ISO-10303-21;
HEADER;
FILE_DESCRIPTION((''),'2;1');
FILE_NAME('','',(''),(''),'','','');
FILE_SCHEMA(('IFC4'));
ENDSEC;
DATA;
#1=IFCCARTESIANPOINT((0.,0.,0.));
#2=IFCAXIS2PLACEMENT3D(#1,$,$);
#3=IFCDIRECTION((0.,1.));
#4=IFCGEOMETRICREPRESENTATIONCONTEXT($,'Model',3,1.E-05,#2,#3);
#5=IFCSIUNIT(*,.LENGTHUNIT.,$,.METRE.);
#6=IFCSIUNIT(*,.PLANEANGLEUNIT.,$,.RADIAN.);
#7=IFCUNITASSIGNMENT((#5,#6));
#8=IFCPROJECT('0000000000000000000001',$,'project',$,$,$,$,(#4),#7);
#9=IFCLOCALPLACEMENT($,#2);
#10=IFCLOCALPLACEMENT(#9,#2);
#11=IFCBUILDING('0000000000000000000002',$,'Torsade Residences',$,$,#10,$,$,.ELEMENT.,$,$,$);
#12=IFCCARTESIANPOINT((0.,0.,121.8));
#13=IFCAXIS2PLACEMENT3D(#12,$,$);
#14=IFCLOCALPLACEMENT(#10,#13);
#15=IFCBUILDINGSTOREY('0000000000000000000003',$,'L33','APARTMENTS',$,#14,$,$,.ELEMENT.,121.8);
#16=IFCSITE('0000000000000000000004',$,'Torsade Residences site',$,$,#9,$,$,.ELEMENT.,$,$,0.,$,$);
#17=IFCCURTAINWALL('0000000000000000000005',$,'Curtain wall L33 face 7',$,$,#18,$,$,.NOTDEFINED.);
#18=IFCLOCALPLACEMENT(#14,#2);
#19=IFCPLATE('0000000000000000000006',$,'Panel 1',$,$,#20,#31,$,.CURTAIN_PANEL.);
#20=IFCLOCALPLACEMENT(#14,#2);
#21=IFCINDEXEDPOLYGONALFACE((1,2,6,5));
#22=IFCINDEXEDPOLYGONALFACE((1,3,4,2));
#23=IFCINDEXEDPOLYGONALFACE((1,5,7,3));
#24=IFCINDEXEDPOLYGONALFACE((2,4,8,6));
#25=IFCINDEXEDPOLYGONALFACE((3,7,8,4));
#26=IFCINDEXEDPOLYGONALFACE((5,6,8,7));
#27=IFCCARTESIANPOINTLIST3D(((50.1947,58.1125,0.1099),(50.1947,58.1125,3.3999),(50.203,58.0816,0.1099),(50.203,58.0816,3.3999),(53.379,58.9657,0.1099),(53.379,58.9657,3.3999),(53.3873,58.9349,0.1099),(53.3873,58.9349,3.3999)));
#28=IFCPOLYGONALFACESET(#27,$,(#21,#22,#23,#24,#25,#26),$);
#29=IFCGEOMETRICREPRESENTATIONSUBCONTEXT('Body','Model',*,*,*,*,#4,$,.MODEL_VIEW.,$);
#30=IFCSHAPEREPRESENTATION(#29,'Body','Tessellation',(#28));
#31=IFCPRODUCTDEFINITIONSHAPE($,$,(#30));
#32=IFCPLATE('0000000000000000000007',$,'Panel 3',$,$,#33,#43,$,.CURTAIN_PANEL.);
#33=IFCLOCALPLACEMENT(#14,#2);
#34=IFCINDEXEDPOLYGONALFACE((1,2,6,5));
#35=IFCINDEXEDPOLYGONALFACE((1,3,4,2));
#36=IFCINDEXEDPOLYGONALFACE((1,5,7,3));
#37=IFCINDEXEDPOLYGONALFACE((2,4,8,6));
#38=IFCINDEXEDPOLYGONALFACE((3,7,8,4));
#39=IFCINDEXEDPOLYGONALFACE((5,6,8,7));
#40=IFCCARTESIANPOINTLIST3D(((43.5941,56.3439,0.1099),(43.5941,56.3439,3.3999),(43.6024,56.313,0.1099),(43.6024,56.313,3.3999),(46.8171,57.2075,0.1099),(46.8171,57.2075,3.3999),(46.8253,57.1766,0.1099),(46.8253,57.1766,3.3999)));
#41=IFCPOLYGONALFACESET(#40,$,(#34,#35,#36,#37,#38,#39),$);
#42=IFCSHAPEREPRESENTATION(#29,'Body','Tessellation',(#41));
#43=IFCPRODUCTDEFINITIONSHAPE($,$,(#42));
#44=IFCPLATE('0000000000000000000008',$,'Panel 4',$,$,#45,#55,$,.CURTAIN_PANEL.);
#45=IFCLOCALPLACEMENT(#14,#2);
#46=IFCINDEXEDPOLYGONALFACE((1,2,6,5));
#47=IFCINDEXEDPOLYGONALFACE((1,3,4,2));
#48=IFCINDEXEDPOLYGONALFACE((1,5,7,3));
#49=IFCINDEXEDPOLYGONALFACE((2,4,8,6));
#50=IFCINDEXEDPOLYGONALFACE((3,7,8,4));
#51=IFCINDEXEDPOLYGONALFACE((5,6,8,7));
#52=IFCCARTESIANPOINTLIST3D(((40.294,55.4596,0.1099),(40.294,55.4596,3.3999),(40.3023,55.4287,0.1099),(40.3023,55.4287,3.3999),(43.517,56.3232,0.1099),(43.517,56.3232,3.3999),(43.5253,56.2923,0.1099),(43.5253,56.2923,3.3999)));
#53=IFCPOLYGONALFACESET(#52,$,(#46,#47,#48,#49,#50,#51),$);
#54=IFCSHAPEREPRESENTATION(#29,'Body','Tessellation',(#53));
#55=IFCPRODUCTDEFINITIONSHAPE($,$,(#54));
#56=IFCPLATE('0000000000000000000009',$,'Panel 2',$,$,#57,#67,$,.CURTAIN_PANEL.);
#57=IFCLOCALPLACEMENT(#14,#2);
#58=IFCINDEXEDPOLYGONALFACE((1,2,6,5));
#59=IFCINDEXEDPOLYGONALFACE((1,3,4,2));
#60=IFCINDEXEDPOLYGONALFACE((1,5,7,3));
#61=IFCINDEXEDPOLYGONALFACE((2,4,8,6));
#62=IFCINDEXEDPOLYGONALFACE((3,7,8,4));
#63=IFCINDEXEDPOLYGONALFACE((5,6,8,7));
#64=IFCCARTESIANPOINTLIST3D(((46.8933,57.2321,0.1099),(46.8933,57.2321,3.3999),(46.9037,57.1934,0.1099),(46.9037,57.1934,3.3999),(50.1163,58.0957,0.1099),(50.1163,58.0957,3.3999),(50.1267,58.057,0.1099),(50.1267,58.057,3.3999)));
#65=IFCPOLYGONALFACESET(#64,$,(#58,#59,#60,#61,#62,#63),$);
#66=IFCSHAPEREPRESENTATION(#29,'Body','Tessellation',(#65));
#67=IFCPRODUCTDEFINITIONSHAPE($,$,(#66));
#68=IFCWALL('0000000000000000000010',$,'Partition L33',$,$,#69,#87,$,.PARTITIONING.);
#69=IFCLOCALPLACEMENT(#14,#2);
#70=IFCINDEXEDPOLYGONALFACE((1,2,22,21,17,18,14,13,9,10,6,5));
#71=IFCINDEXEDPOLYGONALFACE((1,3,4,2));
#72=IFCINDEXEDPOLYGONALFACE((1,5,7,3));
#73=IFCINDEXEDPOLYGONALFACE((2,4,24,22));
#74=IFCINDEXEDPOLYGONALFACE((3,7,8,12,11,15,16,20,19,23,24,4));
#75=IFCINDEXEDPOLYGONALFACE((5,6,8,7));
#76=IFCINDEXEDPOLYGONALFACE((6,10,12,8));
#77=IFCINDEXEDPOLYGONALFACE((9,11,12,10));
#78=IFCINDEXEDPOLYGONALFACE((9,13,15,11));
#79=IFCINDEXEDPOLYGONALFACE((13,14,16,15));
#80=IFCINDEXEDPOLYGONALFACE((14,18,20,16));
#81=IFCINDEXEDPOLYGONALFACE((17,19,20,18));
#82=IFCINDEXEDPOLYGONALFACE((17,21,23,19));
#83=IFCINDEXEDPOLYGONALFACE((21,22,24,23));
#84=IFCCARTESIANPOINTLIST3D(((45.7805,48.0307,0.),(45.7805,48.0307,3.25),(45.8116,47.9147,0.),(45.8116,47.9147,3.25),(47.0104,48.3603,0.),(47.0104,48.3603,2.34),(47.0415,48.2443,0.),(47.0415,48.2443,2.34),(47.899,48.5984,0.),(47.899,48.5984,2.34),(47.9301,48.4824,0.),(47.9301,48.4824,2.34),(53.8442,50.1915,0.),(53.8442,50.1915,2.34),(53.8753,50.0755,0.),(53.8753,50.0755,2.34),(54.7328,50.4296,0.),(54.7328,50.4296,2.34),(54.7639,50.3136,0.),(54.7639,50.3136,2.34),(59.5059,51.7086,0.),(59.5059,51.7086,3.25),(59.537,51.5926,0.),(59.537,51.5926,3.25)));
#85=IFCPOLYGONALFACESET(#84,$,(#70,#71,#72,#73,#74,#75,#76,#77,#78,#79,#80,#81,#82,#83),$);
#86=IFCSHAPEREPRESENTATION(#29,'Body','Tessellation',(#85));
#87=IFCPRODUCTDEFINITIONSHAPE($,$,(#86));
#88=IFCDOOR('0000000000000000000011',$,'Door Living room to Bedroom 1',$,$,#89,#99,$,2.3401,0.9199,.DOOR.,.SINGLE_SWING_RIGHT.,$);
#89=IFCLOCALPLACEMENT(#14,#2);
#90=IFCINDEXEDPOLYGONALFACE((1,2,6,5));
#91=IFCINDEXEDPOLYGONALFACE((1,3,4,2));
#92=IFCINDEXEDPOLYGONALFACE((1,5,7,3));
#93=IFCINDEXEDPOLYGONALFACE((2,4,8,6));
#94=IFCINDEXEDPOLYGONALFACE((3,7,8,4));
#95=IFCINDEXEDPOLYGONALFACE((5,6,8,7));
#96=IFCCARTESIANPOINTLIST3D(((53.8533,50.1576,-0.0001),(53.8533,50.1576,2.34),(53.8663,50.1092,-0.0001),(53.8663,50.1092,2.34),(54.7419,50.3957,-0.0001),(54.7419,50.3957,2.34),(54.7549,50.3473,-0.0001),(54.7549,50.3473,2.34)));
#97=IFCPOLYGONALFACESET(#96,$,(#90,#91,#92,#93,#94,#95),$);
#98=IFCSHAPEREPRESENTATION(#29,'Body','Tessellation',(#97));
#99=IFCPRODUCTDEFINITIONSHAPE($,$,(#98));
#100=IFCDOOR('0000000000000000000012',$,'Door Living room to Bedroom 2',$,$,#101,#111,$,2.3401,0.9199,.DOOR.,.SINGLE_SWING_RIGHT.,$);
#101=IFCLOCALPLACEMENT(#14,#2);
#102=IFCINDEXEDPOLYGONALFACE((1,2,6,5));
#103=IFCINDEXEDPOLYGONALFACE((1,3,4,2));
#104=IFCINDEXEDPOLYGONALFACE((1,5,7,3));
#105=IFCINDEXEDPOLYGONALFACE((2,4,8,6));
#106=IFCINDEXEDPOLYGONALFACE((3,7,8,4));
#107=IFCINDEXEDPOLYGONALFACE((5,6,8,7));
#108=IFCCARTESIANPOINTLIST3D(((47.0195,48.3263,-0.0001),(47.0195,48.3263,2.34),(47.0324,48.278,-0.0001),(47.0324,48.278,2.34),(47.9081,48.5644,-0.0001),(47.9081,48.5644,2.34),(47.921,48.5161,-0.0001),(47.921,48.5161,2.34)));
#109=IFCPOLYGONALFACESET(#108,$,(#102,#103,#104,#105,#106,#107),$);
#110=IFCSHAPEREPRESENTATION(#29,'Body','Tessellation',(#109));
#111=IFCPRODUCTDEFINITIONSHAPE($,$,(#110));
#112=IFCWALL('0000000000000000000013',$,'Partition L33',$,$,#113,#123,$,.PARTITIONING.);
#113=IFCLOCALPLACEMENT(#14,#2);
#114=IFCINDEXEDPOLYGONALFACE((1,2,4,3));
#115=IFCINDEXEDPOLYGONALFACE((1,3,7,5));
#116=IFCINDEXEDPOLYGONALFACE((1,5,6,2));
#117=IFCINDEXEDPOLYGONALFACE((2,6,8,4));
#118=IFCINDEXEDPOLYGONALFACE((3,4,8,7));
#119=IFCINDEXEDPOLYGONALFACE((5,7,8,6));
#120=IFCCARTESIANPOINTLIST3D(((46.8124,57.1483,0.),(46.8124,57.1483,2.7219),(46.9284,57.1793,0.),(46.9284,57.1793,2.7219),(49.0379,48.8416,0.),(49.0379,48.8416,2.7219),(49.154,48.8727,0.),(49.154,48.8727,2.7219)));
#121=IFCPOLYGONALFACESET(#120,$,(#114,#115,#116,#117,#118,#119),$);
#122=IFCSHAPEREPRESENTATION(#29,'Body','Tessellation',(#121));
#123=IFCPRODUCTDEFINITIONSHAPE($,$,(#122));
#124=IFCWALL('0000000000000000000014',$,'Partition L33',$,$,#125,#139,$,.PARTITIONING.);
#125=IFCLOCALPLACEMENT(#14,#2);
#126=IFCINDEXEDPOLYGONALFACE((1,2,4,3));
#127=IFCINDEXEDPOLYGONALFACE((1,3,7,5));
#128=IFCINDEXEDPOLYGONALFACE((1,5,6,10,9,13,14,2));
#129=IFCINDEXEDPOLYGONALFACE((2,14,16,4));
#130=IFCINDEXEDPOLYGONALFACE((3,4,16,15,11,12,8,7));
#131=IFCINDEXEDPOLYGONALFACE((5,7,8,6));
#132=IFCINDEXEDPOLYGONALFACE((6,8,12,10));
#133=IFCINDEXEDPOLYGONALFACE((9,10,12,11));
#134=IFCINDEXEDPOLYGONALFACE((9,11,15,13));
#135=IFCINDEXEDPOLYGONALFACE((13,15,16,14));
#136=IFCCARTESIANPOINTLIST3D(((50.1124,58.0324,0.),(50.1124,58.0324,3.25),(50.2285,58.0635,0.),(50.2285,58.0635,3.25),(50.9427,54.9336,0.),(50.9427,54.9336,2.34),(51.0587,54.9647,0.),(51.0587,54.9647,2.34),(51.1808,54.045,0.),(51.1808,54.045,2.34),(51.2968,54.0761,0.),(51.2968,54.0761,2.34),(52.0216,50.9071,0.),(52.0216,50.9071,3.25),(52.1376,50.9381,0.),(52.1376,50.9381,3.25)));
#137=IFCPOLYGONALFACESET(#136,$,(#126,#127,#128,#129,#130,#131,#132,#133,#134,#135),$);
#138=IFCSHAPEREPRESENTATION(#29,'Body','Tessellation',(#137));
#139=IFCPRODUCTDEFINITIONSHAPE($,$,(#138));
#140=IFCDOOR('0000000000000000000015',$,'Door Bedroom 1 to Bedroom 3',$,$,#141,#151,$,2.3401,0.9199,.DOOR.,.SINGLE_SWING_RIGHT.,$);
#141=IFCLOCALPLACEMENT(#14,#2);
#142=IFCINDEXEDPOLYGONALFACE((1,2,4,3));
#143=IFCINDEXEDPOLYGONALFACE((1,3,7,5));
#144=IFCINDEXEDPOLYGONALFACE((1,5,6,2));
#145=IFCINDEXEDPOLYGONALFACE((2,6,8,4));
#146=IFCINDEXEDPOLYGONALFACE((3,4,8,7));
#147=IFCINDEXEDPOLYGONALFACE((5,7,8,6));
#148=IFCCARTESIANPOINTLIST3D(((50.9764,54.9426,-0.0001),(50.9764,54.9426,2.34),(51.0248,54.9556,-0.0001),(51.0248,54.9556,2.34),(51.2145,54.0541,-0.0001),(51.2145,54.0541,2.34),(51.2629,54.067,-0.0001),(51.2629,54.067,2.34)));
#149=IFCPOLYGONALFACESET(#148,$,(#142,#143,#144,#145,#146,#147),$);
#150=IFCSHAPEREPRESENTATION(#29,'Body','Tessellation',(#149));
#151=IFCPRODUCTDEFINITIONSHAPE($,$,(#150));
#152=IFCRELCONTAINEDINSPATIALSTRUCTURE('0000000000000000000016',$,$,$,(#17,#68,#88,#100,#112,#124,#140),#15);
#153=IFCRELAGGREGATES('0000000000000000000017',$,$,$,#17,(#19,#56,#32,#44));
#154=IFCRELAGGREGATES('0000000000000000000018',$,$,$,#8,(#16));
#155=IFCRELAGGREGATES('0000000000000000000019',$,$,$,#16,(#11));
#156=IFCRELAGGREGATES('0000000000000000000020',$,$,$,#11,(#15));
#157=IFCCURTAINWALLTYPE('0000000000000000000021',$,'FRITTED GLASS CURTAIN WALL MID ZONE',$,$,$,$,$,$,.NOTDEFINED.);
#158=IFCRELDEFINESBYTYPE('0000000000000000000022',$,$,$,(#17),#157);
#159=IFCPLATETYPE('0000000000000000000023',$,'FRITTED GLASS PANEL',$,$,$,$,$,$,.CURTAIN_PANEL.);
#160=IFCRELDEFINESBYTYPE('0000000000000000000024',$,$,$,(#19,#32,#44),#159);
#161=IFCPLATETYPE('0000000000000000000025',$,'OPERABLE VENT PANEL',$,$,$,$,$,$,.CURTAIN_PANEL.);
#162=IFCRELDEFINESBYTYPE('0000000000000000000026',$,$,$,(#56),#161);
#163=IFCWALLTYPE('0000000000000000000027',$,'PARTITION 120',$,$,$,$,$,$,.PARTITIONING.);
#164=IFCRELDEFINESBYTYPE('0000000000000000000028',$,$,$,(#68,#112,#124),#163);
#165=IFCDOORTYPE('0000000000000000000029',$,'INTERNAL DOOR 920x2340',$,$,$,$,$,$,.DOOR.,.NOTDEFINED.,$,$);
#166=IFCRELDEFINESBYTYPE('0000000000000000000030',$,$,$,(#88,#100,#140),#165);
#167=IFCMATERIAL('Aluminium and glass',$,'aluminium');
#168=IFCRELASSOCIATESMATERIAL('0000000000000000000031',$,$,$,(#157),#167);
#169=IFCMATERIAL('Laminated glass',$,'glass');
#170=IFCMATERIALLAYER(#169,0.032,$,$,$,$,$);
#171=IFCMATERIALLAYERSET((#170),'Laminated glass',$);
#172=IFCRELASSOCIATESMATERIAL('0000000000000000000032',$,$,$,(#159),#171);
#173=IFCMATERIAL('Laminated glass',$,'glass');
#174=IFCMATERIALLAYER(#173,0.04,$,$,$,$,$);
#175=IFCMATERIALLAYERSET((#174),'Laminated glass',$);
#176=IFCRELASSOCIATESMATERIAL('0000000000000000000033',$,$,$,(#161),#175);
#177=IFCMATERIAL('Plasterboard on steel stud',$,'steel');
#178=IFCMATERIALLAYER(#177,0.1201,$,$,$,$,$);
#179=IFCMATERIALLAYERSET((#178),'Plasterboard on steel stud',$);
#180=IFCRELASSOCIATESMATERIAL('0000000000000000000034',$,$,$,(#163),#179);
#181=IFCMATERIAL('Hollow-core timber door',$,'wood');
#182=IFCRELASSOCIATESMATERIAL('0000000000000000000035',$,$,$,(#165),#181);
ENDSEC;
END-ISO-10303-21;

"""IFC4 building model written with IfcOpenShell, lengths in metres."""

from ifc_helpers import new_model, si_unit, direction, frame, frame_2d, origin, origin_2d, place, context, subcontext, project, spatial, rectangle, extrude, material, layer, layer_set, type_object, element, fill, aggregate, save


model = new_model("IFC4")

# Units and contexts
model_context = context("Model", 3, precision=1e-05, world=origin(), true_north=direction((0.0, 1.0)))
body_context = subcontext(model_context, "Body", "Model", "MODEL_VIEW")
ifc_project = project(units=[si_unit("LENGTHUNIT", "METRE"), si_unit("PLANEANGLEUNIT", "RADIAN")], contexts=[model_context])

# Site, building, storey
site_placement = place(None, origin())
site = spatial("IfcSite", under=ifc_project, at=site_placement, Name="Torsade Residences site", CompositionType="ELEMENT", RefElevation=0.0)
building_placement = place(site_placement, origin())
building = spatial("IfcBuilding", under=site, at=building_placement, Name="Torsade Residences", CompositionType="ELEMENT")
storey_placement = place(building_placement, frame((0.0, 0.0, 121.8)))
storey = spatial("IfcBuildingStorey", under=building, at=storey_placement, Name="L33", Description="APARTMENTS", CompositionType="ELEMENT", Elevation=121.8)

# Curtain wall
ifc_material_1 = material(Name="Aluminium and glass", Category="aluminium")
curtain_wall_type = type_object("IfcCurtainWallType", Name="FRITTED GLASS CURTAIN WALL MID ZONE", PredefinedType="NOTDEFINED", material=ifc_material_1)
curtain_wall_placement = place(storey_placement, origin())
curtain_wall = element("IfcCurtainWall", 1, at=curtain_wall_placement, inside=storey, type_object=curtain_wall_type, Name="Curtain wall L33 face 7", PredefinedType="NOTDEFINED")

# Plates
ifc_material_2 = material(Name="Laminated glass", Category="glass")
ifc_layer_1 = layer(ifc_material_2, 0.032)
ifc_layer_set_1 = layer_set([ifc_layer_1], Name="Laminated glass")
plate_type_1 = type_object("IfcPlateType", Name="FRITTED GLASS PANEL", PredefinedType="CURTAIN_PANEL", material=ifc_layer_set_1)
plate_1_placement = place(storey_placement, frame((51.791, 58.5237, 0.1099), z_axis=(0.0, 0.0, 1.0), x_axis=(-0.965926, -0.258819, 0.0)))
plate_1 = element("IfcPlate", 2, at=plate_1_placement, type_object=plate_type_1, Name="Panel 1", PredefinedType="CURTAIN_PANEL", context=body_context, shape_type="SweptSolid", body=[
    extrude(rectangle(XDim=3.2966, YDim=0.032, at=origin_2d()), origin(), (0.0, 0.0, 1.0), 3.29),
])
plate_2_placement = place(storey_placement, frame((45.2097, 56.7603, 0.1099), z_axis=(0.0, 0.0, 1.0), x_axis=(-0.965926, -0.258819, 0.0)))
plate_2 = element("IfcPlate", 3, at=plate_2_placement, type_object=plate_type_1, Name="Panel 3", PredefinedType="CURTAIN_PANEL", context=body_context, shape_type="SweptSolid", body=[
    extrude(rectangle(XDim=3.3367, YDim=0.032, at=origin_2d()), origin(), (0.0, 0.0, 1.0), 3.29),
])
plate_3_placement = place(storey_placement, frame((41.9097, 55.876, 0.1099), z_axis=(0.0, 0.0, 1.0), x_axis=(-0.965926, -0.258819, 0.0)))
plate_3 = element("IfcPlate", 4, at=plate_3_placement, type_object=plate_type_1, Name="Panel 4", PredefinedType="CURTAIN_PANEL", context=body_context, shape_type="SweptSolid", body=[
    extrude(rectangle(XDim=3.3367, YDim=0.032, at=origin_2d()), origin(), (0.0, 0.0, 1.0), 3.29),
])
ifc_material_3 = material(Name="Laminated glass", Category="glass")
ifc_layer_2 = layer(ifc_material_3, 0.04)
ifc_layer_set_2 = layer_set([ifc_layer_2], Name="Laminated glass")
plate_type_2 = type_object("IfcPlateType", Name="OPERABLE VENT PANEL", PredefinedType="CURTAIN_PANEL", material=ifc_layer_set_2)
plate_4_placement = place(storey_placement, frame((48.51, 57.6445, 0.1099), z_axis=(0.0, 0.0, 1.0), x_axis=(-0.965926, -0.258819, 0.0)))
plate_4 = element("IfcPlate", 5, at=plate_4_placement, type_object=plate_type_2, Name="Panel 2", PredefinedType="CURTAIN_PANEL", context=body_context, shape_type="SweptSolid", body=[
    extrude(rectangle(XDim=3.3367, YDim=0.04, at=origin_2d()), origin(), (0.0, 0.0, 1.0), 3.29),
])
aggregate(curtain_wall, [plate_1, plate_4, plate_2, plate_3])

# Wall, openings, doors
ifc_material_4 = material(Name="Plasterboard on steel stud", Category="steel")
ifc_layer_3 = layer(ifc_material_4, 0.1201)
ifc_layer_set_3 = layer_set([ifc_layer_3], Name="Plasterboard on steel stud")
wall_type_1 = type_object("IfcWallType", Name="PARTITION 120", PredefinedType="PARTITIONING", material=ifc_layer_set_3)
wall_1_placement = place(storey_placement, frame((45.7959, 47.9727, 0.0), z_axis=(0.0, 0.0, 1.0), x_axis=(0.965922, 0.258833, 0.0)))
wall_1 = element("IfcWall", 6, at=wall_1_placement, inside=storey, type_object=wall_type_1, Name="Partition L33", PredefinedType="PARTITIONING", context=body_context, shape_type="SweptSolid", body=[
    extrude(rectangle(XDim=14.2097, YDim=0.1201, at=frame_2d((7.105, 0.0))), origin(), (0.0, 0.0, 1.0), 3.25),
])
opening_1_placement = place(wall_1_placement, frame((8.3484, 0.0, 0.0)))
opening_1 = element("IfcOpeningElement", 7, at=opening_1_placement, cuts=wall_1, PredefinedType="OPENING", context=body_context, shape_type="SweptSolid", body=[
    extrude(rectangle(XDim=0.9199, YDim=2.3401, at=frame_2d((0.46, 1.1699))), frame((0.0, 0.0701, 0.0), z_axis=(0.0, -1.0, 0.0), x_axis=(1.0, 0.0, 0.0)), (0.0, 0.0, 1.0), 0.1401),
])
opening_2_placement = place(wall_1_placement, frame((1.2734, 0.0, 0.0)))
opening_2 = element("IfcOpeningElement", 8, at=opening_2_placement, cuts=wall_1, PredefinedType="OPENING", context=body_context, shape_type="SweptSolid", body=[
    extrude(rectangle(XDim=0.9199, YDim=2.3401, at=frame_2d((0.46, 1.1699))), frame((0.0, 0.0701, 0.0), z_axis=(0.0, -1.0, 0.0), x_axis=(1.0, 0.0, 0.0)), (0.0, 0.0, 1.0), 0.1401),
])
ifc_material_5 = material(Name="Hollow-core timber door", Category="wood")
door_type_1 = type_object("IfcDoorType", Name="INTERNAL DOOR 920x2340", OperationType="NOTDEFINED", PredefinedType="DOOR", material=ifc_material_5)
door_1_placement = place(opening_1_placement, origin())
door_1 = element("IfcDoor", 9, at=door_1_placement, inside=storey, type_object=door_type_1, Name="Door Living room to Bedroom 1", OperationType="SINGLE_SWING_RIGHT", OverallHeight=2.3401, OverallWidth=0.9199, PredefinedType="DOOR", context=body_context, shape_type="SweptSolid", body=[
    extrude(rectangle(XDim=0.9199, YDim=2.3401, at=frame_2d((0.46, 1.1699))), frame((0.0, 0.0249, 0.0), z_axis=(0.0, -1.0, 0.0), x_axis=(1.0, 0.0, 0.0)), (0.0, 0.0, 1.0), 0.05),
])
fill(opening_1, door_1)
door_2_placement = place(opening_2_placement, origin())
door_2 = element("IfcDoor", 10, at=door_2_placement, inside=storey, type_object=door_type_1, Name="Door Living room to Bedroom 2", OperationType="SINGLE_SWING_RIGHT", OverallHeight=2.3401, OverallWidth=0.9199, PredefinedType="DOOR", context=body_context, shape_type="SweptSolid", body=[
    extrude(rectangle(XDim=0.9199, YDim=2.3401, at=frame_2d((0.46, 1.1699))), frame((0.0, 0.0249, 0.0), z_axis=(0.0, -1.0, 0.0), x_axis=(1.0, 0.0, 0.0)), (0.0, 0.0, 1.0), 0.05),
])
fill(opening_2, door_2)

# Wall
wall_2_placement = place(storey_placement, frame((49.0959, 48.8572, 0.0), z_axis=(0.0, 0.0, 1.0), x_axis=(-0.2588, 0.965931, 0.0)))
element("IfcWall", 11, at=wall_2_placement, inside=storey, type_object=wall_type_1, Name="Partition L33", PredefinedType="PARTITIONING", context=body_context, shape_type="SweptSolid", body=[
    extrude(rectangle(XDim=8.5996, YDim=0.1201, at=frame_2d((4.2998, 0.0))), origin(), (0.0, 0.0, 1.0), 2.7219),
])

# Wall, opening, door
wall_3_placement = place(storey_placement, frame((50.1704, 58.0481, 0.0), z_axis=(0.0, 0.0, 1.0), x_axis=(0.258808, -0.965929, 0.0)))
wall_3 = element("IfcWall", 12, at=wall_3_placement, inside=storey, type_object=wall_type_1, Name="Partition L33", PredefinedType="PARTITIONING", context=body_context, shape_type="SweptSolid", body=[
    extrude(rectangle(XDim=7.3767, YDim=0.1201, at=frame_2d((3.6885, 0.0))), origin(), (0.0, 0.0, 1.0), 3.25),
])
opening_3_placement = place(wall_3_placement, frame((3.2083, 0.0, 0.0)))
opening_3 = element("IfcOpeningElement", 13, at=opening_3_placement, cuts=wall_3, PredefinedType="OPENING", context=body_context, shape_type="SweptSolid", body=[
    extrude(rectangle(XDim=0.9199, YDim=2.3401, at=frame_2d((0.46, 1.1699))), frame((0.0, 0.0701, 0.0), z_axis=(0.0, -1.0, 0.0), x_axis=(1.0, 0.0, 0.0)), (0.0, 0.0, 1.0), 0.1401),
])
door_3_placement = place(opening_3_placement, origin())
door_3 = element("IfcDoor", 14, at=door_3_placement, inside=storey, type_object=door_type_1, Name="Door Bedroom 1 to Bedroom 3", OperationType="SINGLE_SWING_RIGHT", OverallHeight=2.3401, OverallWidth=0.9199, PredefinedType="DOOR", context=body_context, shape_type="SweptSolid", body=[
    extrude(rectangle(XDim=0.9199, YDim=2.3401, at=frame_2d((0.46, 1.1699))), frame((0.0, 0.0249, 0.0), z_axis=(0.0, -1.0, 0.0), x_axis=(1.0, 0.0, 0.0)), (0.0, 0.0, 1.0), 0.05),
])
fill(opening_3, door_3)

save(model, "model.ifc")
